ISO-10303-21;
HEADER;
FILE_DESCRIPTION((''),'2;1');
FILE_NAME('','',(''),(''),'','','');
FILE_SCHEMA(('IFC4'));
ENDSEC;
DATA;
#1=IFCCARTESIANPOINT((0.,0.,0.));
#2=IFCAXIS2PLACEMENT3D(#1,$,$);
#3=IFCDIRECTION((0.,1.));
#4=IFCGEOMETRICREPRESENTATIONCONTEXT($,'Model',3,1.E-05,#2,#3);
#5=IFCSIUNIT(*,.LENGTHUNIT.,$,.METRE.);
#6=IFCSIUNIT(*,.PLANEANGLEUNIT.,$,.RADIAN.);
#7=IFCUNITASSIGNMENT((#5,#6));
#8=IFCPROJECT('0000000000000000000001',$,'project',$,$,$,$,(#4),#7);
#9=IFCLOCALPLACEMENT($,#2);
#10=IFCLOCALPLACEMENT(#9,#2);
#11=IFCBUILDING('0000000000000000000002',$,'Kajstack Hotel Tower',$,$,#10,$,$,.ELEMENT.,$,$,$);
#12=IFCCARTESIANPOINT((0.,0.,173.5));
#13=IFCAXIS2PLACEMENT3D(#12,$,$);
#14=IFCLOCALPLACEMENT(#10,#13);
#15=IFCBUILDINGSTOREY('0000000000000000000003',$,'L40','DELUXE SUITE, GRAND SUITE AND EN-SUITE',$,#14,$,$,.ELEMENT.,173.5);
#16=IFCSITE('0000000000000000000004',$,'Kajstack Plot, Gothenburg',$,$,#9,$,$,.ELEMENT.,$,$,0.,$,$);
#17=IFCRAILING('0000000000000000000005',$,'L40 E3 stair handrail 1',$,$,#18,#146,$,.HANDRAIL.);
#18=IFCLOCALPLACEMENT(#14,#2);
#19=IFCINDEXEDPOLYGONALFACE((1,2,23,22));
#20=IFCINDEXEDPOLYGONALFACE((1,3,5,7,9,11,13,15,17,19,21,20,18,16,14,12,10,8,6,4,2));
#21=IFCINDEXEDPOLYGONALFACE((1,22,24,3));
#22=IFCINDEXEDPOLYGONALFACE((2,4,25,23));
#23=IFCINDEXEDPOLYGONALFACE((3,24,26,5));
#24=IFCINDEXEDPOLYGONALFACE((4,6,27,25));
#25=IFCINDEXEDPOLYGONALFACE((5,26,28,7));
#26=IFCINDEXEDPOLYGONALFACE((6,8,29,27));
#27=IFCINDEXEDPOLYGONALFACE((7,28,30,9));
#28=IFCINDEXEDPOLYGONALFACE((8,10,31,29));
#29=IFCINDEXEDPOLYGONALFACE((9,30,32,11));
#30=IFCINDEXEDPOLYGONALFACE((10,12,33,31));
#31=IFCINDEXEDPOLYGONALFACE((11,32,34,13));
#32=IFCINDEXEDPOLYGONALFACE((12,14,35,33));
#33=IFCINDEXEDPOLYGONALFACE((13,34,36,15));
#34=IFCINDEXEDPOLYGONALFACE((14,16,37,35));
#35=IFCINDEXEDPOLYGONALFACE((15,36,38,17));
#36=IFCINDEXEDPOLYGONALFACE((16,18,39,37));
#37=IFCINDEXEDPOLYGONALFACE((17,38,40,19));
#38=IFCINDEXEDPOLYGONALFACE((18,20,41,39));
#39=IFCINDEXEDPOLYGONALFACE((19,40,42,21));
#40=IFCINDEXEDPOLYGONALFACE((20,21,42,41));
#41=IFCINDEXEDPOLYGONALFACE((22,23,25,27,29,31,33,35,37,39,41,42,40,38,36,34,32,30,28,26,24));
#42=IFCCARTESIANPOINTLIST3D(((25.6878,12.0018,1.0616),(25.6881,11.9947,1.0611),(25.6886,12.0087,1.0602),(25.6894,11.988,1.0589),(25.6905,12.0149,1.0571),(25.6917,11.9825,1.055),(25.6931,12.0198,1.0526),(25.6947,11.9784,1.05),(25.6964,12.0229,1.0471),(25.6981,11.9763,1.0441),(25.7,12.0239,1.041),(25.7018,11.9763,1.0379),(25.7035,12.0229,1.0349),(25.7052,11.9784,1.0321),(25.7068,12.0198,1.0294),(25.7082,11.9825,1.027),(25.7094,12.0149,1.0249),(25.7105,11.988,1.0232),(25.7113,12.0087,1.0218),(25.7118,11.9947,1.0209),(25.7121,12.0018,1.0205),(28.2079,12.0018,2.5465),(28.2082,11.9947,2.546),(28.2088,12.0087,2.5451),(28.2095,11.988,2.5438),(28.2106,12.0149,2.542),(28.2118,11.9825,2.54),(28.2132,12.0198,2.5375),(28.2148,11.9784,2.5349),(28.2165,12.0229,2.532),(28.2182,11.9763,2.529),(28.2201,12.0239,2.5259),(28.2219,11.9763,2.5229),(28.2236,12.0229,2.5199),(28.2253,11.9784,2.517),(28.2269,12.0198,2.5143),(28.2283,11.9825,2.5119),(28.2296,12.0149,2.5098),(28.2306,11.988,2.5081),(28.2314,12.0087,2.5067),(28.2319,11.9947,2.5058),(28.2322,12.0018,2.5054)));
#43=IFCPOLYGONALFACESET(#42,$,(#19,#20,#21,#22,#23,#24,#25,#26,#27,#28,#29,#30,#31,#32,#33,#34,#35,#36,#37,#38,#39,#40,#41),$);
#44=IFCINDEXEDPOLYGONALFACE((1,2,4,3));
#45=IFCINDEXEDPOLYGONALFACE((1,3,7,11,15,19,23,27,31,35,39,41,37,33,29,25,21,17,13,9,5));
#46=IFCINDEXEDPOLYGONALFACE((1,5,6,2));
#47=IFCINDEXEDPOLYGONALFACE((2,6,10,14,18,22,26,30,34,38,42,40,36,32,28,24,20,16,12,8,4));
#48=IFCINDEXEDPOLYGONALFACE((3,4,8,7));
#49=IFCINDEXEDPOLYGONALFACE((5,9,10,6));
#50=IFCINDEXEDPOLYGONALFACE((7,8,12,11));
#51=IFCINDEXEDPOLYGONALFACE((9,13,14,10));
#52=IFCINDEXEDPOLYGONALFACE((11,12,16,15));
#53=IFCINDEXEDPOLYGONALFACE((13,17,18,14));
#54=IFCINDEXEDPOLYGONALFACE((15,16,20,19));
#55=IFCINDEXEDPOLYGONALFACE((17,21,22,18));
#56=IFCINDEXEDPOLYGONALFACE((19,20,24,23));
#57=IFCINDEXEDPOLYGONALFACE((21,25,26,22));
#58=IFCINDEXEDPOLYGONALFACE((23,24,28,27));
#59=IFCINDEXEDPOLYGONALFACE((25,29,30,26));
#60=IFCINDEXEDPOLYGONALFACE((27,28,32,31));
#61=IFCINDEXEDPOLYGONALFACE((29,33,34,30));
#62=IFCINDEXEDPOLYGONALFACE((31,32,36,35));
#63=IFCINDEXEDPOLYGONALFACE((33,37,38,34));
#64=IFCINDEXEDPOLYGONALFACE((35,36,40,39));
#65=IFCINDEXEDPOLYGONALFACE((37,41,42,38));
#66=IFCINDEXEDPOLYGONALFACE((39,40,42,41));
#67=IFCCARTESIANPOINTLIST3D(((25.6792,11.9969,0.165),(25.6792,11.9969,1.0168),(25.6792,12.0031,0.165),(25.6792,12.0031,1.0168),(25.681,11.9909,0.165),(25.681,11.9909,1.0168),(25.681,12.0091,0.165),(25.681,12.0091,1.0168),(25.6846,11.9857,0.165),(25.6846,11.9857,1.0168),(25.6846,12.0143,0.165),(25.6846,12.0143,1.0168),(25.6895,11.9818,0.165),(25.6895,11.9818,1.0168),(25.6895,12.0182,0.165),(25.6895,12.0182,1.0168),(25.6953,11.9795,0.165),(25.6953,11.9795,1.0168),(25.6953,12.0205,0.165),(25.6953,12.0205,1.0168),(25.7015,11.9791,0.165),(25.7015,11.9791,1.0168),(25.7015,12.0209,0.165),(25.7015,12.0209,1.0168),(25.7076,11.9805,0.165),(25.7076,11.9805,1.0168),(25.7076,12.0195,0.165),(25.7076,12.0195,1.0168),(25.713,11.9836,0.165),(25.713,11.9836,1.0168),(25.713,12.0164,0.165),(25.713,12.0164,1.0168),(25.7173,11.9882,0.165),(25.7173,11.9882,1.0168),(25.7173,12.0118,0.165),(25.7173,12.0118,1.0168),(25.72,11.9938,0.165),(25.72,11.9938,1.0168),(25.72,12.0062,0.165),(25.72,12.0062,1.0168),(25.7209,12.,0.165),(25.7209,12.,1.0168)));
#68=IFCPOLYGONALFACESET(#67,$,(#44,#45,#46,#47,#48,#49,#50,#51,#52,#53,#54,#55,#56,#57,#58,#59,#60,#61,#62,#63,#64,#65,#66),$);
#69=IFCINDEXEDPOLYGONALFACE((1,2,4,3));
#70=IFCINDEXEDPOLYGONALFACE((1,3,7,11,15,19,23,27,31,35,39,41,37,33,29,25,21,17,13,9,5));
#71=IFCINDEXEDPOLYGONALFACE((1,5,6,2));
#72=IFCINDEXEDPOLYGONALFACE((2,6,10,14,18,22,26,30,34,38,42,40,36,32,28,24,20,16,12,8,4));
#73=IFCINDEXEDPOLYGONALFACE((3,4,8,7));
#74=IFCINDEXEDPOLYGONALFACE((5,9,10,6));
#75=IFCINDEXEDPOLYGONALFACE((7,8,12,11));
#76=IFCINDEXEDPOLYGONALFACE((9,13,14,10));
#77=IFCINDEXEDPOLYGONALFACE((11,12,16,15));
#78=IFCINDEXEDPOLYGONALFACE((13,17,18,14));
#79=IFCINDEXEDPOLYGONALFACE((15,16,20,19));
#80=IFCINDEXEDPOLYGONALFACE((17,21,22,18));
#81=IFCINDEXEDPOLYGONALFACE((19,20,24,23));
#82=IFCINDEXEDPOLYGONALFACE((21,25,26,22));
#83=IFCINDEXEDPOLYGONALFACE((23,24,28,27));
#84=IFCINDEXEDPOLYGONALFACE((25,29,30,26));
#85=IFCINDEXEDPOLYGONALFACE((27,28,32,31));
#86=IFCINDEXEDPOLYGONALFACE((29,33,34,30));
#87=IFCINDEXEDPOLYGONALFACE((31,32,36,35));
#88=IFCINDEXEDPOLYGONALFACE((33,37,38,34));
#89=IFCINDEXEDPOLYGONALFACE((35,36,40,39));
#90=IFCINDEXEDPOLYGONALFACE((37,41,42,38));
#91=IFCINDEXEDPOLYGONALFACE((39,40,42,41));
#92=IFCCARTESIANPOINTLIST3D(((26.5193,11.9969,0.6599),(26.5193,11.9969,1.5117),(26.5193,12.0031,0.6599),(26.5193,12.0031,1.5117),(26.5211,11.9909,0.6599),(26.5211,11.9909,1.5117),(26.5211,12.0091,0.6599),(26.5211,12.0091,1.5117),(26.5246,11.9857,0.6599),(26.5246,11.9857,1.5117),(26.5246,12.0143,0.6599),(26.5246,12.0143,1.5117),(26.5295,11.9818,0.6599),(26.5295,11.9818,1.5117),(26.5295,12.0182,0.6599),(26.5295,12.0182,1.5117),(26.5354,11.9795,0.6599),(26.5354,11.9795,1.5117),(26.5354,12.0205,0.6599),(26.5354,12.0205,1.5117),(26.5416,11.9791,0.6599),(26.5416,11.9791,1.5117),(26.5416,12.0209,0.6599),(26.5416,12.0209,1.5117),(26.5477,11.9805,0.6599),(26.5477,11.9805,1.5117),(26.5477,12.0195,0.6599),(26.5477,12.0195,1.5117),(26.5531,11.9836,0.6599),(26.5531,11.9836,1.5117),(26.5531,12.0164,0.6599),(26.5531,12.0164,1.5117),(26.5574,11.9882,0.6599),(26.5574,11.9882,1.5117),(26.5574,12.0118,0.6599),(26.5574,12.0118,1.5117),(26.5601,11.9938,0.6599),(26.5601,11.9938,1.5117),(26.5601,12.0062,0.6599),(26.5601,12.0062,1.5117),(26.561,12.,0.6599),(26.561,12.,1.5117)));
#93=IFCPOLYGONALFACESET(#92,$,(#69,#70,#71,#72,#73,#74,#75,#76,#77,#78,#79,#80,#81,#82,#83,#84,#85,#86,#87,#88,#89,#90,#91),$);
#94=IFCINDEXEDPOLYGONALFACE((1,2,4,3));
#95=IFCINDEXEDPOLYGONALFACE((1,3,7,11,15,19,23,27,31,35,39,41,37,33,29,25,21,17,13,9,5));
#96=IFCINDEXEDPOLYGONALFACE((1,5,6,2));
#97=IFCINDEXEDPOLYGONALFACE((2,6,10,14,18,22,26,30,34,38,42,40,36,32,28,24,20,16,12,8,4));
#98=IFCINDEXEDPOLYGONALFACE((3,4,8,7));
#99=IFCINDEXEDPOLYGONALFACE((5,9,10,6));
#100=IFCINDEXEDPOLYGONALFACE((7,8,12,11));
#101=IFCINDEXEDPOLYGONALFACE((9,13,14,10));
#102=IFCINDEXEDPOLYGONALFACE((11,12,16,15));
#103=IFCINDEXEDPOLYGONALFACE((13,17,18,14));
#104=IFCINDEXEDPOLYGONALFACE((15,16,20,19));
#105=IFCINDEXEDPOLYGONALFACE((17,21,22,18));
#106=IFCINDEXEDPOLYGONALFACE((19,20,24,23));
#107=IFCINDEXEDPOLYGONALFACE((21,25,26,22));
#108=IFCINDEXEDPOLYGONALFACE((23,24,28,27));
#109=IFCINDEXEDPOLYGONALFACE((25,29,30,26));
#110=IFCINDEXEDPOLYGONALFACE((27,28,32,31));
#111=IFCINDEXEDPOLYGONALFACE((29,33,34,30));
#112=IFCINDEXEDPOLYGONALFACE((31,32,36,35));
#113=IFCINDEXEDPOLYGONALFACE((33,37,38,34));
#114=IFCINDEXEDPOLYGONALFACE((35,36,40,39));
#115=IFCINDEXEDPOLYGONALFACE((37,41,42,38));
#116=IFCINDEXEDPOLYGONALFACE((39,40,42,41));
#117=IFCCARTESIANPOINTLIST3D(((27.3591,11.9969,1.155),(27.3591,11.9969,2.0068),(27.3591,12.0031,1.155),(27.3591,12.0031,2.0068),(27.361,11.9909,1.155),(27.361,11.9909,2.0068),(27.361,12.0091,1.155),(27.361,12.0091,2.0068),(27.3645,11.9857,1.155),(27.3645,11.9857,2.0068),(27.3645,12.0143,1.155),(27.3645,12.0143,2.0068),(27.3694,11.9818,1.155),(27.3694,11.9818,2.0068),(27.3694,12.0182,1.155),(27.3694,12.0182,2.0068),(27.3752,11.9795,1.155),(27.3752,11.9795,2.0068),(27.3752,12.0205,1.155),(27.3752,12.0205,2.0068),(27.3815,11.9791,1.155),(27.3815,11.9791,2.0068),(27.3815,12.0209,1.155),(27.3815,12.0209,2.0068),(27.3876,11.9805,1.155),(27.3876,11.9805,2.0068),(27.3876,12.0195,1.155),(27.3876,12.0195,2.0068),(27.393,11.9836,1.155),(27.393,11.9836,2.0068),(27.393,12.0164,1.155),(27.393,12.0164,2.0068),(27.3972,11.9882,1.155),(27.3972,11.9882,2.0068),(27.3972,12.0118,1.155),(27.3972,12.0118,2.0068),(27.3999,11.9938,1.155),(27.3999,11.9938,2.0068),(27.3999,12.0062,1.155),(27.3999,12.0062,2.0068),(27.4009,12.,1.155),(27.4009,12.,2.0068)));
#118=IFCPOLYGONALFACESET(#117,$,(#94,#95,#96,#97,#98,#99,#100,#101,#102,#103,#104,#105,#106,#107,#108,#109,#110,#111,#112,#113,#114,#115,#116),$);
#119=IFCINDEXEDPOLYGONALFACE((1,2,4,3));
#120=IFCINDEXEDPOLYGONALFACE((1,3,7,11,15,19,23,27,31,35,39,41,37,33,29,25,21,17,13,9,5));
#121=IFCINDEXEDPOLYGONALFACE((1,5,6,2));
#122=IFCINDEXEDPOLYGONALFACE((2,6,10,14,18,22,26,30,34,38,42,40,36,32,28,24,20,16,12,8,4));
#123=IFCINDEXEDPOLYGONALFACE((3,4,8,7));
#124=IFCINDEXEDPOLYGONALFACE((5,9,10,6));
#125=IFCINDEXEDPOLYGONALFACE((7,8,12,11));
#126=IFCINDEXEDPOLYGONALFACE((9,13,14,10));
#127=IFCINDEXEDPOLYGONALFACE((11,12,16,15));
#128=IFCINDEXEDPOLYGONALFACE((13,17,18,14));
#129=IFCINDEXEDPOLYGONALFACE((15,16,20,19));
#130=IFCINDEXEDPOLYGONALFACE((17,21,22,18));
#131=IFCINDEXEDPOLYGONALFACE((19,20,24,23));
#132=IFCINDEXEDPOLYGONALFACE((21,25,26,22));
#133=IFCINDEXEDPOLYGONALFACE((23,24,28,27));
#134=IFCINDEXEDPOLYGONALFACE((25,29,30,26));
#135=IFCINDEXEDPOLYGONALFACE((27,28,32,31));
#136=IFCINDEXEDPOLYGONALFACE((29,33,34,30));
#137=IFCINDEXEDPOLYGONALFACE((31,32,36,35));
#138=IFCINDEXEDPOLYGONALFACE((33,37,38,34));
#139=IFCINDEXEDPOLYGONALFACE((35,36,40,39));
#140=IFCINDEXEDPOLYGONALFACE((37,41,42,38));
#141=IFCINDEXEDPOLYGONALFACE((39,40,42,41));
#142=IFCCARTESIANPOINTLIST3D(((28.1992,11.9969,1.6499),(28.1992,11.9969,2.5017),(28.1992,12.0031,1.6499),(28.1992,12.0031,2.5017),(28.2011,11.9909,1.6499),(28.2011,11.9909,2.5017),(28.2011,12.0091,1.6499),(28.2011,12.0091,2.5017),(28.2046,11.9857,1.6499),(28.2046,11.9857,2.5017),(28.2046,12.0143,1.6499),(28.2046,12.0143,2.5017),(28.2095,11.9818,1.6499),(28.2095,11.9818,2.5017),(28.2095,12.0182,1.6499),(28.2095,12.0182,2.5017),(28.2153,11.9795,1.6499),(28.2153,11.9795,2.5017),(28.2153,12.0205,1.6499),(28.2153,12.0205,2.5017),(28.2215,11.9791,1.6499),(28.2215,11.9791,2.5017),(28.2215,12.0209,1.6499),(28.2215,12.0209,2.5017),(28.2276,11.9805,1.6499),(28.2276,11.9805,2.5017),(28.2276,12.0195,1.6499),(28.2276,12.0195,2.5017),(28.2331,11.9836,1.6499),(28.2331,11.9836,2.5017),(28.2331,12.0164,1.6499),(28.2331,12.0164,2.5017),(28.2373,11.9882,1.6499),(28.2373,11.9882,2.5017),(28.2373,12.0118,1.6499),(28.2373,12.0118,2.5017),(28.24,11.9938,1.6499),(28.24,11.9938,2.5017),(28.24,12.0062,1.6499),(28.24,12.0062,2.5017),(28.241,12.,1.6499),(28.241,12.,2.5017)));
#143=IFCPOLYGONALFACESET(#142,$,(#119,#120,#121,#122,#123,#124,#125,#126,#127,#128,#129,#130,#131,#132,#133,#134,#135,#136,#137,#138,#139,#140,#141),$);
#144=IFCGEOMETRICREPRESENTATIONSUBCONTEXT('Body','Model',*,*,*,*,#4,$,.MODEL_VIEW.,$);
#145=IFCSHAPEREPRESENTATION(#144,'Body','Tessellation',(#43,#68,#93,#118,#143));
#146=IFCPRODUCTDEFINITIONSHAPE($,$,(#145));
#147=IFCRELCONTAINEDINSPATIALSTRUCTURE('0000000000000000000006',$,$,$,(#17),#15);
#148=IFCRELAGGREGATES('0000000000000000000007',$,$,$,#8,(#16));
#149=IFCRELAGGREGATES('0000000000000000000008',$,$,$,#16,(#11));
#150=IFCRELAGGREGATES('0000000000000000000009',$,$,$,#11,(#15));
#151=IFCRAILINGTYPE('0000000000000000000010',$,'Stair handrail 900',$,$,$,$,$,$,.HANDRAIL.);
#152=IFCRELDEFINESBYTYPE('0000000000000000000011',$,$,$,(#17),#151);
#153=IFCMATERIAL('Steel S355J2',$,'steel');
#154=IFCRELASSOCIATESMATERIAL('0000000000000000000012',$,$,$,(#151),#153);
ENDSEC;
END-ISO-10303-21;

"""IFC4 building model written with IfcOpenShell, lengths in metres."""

from ifc_helpers import new_model, si_unit, direction, frame, origin, origin_2d, place, context, subcontext, project, spatial, circle, extrude, material, type_object, element, save


model = new_model("IFC4")

# Units and contexts
model_context = context("Model", 3, precision=1e-05, world=origin(), true_north=direction((0.0, 1.0)))
body_context = subcontext(model_context, "Body", "Model", "MODEL_VIEW")
ifc_project = project(units=[si_unit("LENGTHUNIT", "METRE"), si_unit("PLANEANGLEUNIT", "RADIAN")], contexts=[model_context])

# Site, building, storey
site_placement = place(None, origin())
site = spatial("IfcSite", under=ifc_project, at=site_placement, Name="Kajstack Plot, Gothenburg", CompositionType="ELEMENT", RefElevation=0.0)
building_placement = place(site_placement, origin())
building = spatial("IfcBuilding", under=site, at=building_placement, Name="Kajstack Hotel Tower", CompositionType="ELEMENT")
storey_placement = place(building_placement, frame((0.0, 0.0, 173.5)))
storey = spatial("IfcBuildingStorey", under=building, at=storey_placement, Name="L40", Description="DELUXE SUITE, GRAND SUITE AND EN-SUITE", CompositionType="ELEMENT", Elevation=173.5)

# Railing
ifc_material_1 = material(Name="Steel S355J2", Category="steel")
railing_type_1 = type_object("IfcRailingType", Name="Stair handrail 900", PredefinedType="HANDRAIL", material=ifc_material_1)
railing_1_placement = place(storey_placement, frame((25.7, 12.0, 0.165)))
element("IfcRailing", 1, at=railing_1_placement, inside=storey, type_object=railing_type_1, Name="L40 E3 stair handrail 1", PredefinedType="HANDRAIL", context=body_context, shape_type="SweptSolid", body=[
    extrude(circle(Radius=0.0239, at=origin_2d()), frame((0.0, 0.0, 0.876), z_axis=(0.861561, 0.0, 0.507655), x_axis=(0.0, 1.0, 0.0)), (0.0, 0.0, 1.0), 2.925),
    extrude(circle(Radius=0.021, at=origin_2d()), origin(), (0.0, 0.0, 1.0), 0.8518),
    extrude(circle(Radius=0.021, at=origin_2d()), frame((0.8401, 0.0, 0.4949)), (0.0, 0.0, 1.0), 0.8518),
    extrude(circle(Radius=0.021, at=origin_2d()), frame((1.6799, 0.0, 0.99)), (0.0, 0.0, 1.0), 0.8518),
    extrude(circle(Radius=0.021, at=origin_2d()), frame((2.52, 0.0, 1.4849)), (0.0, 0.0, 1.0), 0.8518),
])

save(model, "model.ifc")
